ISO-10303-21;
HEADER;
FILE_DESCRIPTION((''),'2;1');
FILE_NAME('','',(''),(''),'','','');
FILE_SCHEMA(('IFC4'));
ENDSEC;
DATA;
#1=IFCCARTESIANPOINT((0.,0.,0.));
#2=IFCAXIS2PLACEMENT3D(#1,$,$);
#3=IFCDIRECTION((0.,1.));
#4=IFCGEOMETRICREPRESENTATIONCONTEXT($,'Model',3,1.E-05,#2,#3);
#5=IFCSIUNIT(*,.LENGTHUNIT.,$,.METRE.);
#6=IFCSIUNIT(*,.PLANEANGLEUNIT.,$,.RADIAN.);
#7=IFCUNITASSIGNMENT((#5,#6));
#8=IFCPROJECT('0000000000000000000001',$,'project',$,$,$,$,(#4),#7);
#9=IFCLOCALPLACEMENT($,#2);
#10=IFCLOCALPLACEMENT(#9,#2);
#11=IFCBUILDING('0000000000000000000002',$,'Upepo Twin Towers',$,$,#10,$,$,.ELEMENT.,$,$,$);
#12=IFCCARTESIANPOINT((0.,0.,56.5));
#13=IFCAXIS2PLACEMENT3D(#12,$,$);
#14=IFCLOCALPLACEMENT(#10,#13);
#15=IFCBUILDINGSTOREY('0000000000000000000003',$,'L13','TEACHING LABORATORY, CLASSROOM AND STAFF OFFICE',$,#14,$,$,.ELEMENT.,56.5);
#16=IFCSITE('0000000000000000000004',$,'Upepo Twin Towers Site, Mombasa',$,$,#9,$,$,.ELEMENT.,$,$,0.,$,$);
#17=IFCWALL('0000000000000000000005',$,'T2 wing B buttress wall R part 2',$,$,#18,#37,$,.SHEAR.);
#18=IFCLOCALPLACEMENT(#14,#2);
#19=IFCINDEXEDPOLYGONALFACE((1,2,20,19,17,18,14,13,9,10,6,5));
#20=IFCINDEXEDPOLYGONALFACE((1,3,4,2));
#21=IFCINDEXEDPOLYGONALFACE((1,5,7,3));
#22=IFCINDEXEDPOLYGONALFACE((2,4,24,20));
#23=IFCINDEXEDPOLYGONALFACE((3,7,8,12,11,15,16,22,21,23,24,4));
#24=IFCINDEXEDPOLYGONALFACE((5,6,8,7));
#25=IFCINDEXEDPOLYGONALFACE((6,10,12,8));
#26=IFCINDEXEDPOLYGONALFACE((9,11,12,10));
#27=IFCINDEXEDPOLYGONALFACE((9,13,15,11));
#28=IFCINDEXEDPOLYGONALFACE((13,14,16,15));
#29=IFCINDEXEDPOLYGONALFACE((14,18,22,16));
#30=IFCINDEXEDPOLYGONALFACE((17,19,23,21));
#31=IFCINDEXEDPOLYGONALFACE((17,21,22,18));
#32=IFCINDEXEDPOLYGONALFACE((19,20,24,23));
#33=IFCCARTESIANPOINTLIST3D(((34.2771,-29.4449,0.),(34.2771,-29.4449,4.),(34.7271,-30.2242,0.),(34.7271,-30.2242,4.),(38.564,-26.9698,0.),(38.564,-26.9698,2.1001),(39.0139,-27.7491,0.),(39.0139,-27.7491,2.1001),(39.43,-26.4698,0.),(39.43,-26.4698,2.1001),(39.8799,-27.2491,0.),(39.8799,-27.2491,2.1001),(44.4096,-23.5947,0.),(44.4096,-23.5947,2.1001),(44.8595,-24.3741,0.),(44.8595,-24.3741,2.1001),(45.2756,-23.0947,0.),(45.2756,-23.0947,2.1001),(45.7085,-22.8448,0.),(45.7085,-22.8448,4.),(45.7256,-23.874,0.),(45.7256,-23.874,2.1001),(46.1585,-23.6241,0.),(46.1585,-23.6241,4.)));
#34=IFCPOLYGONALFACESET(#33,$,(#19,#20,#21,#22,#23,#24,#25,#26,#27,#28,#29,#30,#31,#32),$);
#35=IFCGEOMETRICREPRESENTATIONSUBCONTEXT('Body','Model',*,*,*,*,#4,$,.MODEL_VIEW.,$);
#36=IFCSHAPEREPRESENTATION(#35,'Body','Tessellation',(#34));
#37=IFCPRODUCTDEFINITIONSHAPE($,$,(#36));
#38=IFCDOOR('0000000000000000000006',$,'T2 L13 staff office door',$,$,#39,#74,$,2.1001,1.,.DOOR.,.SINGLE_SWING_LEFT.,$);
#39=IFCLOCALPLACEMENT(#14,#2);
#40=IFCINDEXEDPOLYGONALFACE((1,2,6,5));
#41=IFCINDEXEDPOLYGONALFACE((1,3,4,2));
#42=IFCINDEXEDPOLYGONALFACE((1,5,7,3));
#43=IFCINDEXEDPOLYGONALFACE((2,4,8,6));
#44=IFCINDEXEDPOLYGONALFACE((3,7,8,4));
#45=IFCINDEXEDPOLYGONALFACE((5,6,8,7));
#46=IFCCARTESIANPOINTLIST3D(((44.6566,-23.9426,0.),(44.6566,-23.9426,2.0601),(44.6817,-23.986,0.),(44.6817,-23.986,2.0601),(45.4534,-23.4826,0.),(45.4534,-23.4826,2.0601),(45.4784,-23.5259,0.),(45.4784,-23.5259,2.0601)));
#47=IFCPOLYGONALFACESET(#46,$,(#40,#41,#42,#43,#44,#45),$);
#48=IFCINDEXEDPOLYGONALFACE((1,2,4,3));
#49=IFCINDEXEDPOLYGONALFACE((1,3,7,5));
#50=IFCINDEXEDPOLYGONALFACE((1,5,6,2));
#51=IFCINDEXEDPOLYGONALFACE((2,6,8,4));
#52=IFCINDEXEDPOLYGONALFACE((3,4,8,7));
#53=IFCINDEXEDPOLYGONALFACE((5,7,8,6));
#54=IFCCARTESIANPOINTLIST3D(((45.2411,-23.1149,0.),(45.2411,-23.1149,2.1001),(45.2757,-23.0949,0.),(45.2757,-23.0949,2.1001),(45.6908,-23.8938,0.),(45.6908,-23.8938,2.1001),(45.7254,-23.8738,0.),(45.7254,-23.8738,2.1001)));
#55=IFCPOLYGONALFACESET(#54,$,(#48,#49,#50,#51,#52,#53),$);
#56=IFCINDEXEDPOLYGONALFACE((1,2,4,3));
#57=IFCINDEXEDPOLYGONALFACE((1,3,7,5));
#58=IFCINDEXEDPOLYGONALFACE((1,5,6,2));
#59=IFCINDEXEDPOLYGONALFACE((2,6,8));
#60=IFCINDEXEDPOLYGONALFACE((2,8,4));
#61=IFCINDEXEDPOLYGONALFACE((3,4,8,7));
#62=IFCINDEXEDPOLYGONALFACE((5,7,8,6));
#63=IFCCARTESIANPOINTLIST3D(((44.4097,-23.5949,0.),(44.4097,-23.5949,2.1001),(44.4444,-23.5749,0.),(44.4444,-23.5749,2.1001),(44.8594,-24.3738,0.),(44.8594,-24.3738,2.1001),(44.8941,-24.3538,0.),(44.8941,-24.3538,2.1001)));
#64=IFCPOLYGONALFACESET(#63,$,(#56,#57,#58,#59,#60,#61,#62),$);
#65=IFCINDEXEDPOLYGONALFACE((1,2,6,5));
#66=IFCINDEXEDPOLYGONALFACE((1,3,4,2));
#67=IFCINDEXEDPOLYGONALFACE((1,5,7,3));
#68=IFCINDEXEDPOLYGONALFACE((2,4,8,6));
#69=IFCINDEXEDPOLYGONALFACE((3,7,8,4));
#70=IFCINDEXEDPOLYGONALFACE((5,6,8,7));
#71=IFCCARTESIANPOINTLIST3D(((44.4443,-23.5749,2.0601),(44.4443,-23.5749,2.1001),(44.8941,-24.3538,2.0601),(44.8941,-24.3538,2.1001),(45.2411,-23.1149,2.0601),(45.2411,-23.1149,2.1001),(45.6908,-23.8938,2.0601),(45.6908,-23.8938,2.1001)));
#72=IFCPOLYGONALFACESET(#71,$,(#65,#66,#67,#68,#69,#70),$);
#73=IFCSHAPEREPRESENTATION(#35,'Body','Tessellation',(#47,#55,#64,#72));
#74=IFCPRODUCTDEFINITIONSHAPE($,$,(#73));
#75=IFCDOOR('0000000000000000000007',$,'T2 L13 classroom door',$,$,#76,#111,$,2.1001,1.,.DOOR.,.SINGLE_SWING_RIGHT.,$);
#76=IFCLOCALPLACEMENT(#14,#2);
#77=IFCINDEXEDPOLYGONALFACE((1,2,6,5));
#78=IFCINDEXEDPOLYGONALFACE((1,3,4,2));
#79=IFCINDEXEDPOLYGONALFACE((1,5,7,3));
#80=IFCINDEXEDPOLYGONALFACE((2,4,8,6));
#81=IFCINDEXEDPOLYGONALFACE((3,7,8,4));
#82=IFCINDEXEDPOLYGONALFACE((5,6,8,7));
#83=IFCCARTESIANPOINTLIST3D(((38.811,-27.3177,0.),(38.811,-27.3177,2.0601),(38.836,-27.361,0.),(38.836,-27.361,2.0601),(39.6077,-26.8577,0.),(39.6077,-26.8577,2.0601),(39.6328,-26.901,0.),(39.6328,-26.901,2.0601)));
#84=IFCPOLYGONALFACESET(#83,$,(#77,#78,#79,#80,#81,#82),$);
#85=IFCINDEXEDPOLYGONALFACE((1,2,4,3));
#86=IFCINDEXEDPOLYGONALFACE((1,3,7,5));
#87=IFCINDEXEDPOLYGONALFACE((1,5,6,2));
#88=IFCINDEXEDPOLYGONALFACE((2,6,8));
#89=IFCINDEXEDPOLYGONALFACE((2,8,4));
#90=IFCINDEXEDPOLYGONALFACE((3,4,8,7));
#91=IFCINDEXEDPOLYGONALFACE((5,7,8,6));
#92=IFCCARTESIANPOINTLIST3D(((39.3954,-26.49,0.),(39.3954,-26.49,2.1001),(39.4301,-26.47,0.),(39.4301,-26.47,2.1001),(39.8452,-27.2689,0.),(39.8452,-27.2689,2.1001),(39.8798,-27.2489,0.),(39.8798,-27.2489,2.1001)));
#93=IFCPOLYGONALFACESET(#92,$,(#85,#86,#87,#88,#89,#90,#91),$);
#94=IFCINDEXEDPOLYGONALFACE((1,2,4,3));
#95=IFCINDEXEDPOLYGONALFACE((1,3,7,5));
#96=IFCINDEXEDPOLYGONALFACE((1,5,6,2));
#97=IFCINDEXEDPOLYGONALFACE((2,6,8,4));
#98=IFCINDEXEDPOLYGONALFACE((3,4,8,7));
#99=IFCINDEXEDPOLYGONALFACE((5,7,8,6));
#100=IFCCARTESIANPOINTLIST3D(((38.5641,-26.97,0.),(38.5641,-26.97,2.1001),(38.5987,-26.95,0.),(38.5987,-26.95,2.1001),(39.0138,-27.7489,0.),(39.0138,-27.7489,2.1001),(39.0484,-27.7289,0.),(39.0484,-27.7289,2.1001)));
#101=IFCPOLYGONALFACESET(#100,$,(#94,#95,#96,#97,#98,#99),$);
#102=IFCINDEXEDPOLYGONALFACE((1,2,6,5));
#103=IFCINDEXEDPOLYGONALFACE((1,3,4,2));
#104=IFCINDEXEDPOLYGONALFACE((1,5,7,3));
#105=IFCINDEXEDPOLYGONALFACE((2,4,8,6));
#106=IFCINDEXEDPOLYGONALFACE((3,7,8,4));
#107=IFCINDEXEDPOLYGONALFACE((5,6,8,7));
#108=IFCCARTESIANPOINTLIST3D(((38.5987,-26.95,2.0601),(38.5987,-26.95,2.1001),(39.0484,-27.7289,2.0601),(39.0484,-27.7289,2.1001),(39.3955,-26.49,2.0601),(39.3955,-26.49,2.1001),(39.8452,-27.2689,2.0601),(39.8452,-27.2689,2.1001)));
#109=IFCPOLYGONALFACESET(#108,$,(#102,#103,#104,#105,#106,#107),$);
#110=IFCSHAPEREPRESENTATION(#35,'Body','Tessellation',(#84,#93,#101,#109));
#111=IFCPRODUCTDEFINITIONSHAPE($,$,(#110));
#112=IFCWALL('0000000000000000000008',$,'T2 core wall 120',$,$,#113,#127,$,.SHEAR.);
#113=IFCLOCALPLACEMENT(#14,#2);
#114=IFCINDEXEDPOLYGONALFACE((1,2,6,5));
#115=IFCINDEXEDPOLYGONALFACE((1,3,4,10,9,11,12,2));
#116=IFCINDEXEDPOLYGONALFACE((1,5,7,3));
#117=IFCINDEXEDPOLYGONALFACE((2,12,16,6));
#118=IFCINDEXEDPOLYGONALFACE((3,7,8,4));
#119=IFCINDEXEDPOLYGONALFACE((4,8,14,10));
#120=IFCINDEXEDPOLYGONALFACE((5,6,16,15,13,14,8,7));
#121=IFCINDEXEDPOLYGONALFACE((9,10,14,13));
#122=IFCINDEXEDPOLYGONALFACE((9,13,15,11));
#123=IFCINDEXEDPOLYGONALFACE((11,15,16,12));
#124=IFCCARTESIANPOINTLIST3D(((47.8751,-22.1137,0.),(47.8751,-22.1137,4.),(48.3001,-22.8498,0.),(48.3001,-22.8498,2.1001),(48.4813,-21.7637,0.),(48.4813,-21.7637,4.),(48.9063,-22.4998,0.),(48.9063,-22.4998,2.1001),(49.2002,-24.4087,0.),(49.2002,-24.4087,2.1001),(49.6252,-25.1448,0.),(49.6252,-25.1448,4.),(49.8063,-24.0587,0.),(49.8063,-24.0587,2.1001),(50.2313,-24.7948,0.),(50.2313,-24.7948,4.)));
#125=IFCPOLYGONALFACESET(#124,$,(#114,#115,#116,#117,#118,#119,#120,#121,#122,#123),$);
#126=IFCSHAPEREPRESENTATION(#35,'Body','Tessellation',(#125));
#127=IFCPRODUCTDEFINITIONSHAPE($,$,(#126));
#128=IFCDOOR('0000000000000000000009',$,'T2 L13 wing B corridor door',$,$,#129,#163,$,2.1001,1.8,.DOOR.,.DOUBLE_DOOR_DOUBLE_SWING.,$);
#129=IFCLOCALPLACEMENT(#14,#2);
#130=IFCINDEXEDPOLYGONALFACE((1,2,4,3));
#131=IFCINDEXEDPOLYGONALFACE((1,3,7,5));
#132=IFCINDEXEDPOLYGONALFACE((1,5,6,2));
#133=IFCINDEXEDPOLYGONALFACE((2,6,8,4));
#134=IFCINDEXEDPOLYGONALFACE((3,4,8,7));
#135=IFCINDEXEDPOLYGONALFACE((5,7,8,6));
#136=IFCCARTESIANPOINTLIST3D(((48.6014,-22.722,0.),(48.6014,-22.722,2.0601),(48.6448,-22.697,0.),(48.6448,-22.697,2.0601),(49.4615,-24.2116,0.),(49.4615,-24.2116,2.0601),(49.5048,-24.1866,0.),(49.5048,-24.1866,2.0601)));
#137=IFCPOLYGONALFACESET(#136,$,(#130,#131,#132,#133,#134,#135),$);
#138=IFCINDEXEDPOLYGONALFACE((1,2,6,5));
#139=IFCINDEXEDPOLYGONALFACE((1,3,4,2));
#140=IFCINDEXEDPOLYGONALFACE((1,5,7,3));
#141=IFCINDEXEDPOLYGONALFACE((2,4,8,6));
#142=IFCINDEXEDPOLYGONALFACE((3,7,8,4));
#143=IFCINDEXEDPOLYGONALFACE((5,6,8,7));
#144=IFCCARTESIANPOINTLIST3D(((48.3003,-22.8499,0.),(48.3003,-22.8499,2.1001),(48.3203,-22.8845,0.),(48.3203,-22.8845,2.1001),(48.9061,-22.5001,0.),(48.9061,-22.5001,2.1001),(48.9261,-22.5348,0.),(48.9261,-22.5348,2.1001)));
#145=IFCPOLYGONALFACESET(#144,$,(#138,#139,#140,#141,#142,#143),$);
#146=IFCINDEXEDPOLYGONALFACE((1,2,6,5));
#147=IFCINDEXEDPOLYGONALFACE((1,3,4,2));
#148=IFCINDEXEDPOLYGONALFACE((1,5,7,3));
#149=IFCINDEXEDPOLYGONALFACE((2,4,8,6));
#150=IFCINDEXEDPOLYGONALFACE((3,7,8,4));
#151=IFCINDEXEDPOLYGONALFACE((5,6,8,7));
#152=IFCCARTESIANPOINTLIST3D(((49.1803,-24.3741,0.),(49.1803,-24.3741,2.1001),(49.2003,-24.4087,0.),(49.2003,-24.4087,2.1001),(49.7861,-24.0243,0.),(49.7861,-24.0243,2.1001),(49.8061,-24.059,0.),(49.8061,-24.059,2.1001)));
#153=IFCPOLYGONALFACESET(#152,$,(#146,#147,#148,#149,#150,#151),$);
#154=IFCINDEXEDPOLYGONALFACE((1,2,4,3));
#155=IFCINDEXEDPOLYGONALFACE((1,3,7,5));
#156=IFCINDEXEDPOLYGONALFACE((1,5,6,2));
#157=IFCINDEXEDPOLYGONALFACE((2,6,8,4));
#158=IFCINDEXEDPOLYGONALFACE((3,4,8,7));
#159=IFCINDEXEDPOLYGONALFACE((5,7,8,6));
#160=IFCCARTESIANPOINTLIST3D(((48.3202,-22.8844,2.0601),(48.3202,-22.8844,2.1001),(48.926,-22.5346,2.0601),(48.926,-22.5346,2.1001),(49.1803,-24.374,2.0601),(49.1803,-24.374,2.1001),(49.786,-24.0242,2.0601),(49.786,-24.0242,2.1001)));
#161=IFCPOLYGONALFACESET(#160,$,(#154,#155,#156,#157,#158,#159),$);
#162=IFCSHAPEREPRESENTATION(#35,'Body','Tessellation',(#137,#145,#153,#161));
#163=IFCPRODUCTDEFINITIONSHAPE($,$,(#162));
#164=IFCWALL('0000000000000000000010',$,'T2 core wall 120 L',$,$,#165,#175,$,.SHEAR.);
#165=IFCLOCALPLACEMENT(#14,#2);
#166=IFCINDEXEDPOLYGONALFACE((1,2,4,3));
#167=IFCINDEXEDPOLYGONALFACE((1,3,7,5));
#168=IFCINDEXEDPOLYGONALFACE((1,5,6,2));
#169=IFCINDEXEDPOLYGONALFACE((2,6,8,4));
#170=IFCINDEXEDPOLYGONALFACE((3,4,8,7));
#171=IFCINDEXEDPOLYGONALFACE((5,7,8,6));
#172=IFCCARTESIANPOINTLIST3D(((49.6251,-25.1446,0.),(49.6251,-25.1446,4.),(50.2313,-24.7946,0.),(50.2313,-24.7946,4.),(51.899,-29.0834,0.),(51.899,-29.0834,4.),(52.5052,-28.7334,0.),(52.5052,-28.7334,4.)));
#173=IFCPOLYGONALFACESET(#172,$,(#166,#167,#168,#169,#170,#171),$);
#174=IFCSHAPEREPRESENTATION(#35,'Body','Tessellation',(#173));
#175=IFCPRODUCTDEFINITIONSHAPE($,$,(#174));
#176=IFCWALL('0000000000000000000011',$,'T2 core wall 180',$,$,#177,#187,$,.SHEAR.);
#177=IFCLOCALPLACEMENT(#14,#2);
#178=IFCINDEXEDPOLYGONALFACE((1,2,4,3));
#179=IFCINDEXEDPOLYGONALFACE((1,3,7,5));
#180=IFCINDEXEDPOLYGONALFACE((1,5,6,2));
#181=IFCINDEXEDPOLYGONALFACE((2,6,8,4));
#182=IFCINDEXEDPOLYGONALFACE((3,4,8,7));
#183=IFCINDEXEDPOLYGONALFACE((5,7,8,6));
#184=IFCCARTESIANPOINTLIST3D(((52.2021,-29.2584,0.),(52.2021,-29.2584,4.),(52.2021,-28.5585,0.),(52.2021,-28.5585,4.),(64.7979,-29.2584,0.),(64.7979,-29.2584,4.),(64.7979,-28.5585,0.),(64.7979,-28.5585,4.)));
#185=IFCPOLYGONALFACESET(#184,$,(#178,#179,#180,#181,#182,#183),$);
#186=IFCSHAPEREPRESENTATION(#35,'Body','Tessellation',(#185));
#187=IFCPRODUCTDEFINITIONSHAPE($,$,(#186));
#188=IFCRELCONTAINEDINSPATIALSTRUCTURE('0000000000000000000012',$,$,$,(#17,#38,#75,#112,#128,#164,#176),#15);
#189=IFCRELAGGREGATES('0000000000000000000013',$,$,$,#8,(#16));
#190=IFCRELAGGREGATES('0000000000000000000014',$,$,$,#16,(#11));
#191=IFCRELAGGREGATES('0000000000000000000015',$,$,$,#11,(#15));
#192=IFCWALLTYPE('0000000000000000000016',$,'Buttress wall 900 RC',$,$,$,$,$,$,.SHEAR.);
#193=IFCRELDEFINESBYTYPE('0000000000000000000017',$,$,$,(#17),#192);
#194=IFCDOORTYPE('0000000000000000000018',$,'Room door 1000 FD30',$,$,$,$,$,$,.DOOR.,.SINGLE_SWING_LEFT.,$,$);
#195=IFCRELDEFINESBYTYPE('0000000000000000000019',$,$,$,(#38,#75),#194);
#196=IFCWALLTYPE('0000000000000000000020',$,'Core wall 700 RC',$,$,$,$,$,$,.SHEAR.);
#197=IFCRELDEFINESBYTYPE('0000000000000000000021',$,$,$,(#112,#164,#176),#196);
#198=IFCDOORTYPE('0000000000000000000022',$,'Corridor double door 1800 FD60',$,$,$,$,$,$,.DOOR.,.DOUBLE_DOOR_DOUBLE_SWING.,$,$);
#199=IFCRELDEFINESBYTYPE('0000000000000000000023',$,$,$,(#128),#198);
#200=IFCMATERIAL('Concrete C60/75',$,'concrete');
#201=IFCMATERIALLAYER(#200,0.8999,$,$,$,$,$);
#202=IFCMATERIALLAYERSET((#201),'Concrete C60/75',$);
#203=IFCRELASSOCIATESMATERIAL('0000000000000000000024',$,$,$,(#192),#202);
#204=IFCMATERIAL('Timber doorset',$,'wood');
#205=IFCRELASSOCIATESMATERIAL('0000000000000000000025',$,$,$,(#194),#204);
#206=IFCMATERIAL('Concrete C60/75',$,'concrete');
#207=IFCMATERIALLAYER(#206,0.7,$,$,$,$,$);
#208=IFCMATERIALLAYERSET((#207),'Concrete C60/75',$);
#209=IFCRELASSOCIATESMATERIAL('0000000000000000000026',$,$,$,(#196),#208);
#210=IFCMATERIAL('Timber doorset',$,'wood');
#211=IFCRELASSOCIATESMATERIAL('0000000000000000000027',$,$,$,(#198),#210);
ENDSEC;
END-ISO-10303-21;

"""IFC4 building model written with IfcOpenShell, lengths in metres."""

from ifc_helpers import new_model, si_unit, direction, frame, frame_2d, origin, place, context, subcontext, project, spatial, rectangle, extrude, material, layer, layer_set, type_object, element, fill, save


model = new_model("IFC4")

# Units and contexts
model_context = context("Model", 3, precision=1e-05, world=origin(), true_north=direction((0.0, 1.0)))
body_context = subcontext(model_context, "Body", "Model", "MODEL_VIEW")
ifc_project = project(units=[si_unit("LENGTHUNIT", "METRE"), si_unit("PLANEANGLEUNIT", "RADIAN")], contexts=[model_context])

# Site, building, storey
site_placement = place(None, origin())
site = spatial("IfcSite", under=ifc_project, at=site_placement, Name="Upepo Twin Towers Site, Mombasa", CompositionType="ELEMENT", RefElevation=0.0)
building_placement = place(site_placement, origin())
building = spatial("IfcBuilding", under=site, at=building_placement, Name="Upepo Twin Towers", CompositionType="ELEMENT")
storey_placement = place(building_placement, frame((0.0, 0.0, 56.5)))
storey = spatial("IfcBuildingStorey", under=building, at=storey_placement, Name="L13", Description="TEACHING LABORATORY, CLASSROOM AND STAFF OFFICE", CompositionType="ELEMENT", Elevation=56.5)

# Wall, openings, doors
ifc_material_1 = material(Name="Concrete C60/75", Category="concrete")
ifc_layer_1 = layer(ifc_material_1, 0.8999)
ifc_layer_set_1 = layer_set([ifc_layer_1], Name="Concrete C60/75")
wall_type_1 = type_object("IfcWallType", Name="Buttress wall 900 RC", PredefinedType="SHEAR", material=ifc_layer_set_1)
ifc_material_2 = material(Name="Timber doorset", Category="wood")
door_type_1 = type_object("IfcDoorType", Name="Room door 1000 FD30", OperationType="SINGLE_SWING_LEFT", PredefinedType="DOOR", material=ifc_material_2)
wall_1_placement = place(storey_placement, frame((45.9336, -23.2344, 0.0), z_axis=(0.0, 0.0, 1.0), x_axis=(-0.86602, -0.50001, 0.0)))
wall_1 = element("IfcWall", 1, at=wall_1_placement, inside=storey, type_object=wall_type_1, Name="T2 wing B buttress wall R part 2", PredefinedType="SHEAR", context=body_context, shape_type="SweptSolid", body=[
    extrude(rectangle(XDim=13.2, YDim=0.8999, at=frame_2d((6.6001, 0.0))), origin(), (0.0, 0.0, 1.0), 4.0),
])
opening_1_placement = place(wall_1_placement, frame((0.5, 0.0, 0.0)))
opening_1 = element("IfcOpeningElement", 2, at=opening_1_placement, cuts=wall_1, PredefinedType="OPENING", context=body_context, shape_type="SweptSolid", body=[
    extrude(rectangle(XDim=1.0, YDim=2.1001, at=frame_2d((0.5, 1.05))), frame((0.0, 0.46, 0.0), z_axis=(0.0, -1.0, 0.0), x_axis=(1.0, 0.0, 0.0)), (0.0, 0.0, 1.0), 0.9199),
])
opening_2_placement = place(wall_1_placement, frame((7.25, 0.0, 0.0)))
opening_2 = element("IfcOpeningElement", 3, at=opening_2_placement, cuts=wall_1, PredefinedType="OPENING", context=body_context, shape_type="SweptSolid", body=[
    extrude(rectangle(XDim=1.0, YDim=2.1001, at=frame_2d((0.5, 1.05))), frame((0.0, 0.46, 0.0), z_axis=(0.0, -1.0, 0.0), x_axis=(1.0, 0.0, 0.0)), (0.0, 0.0, 1.0), 0.9199),
])
door_1_placement = place(opening_1_placement, origin())
door_1 = element("IfcDoor", 4, at=door_1_placement, inside=storey, type_object=door_type_1, Name="T2 L13 staff office door", OperationType="SINGLE_SWING_LEFT", OverallHeight=2.1001, OverallWidth=1.0, PredefinedType="DOOR", context=body_context, shape_type="SweptSolid", body=[
    extrude(rectangle(XDim=0.92, YDim=2.0601, at=frame_2d((0.5, 1.03))), frame((0.0, 0.0249, 0.0), z_axis=(0.0, -1.0, 0.0), x_axis=(1.0, 0.0, 0.0)), (0.0, 0.0, 1.0), 0.05),
    extrude(rectangle(XDim=0.04, YDim=2.1001, at=frame_2d((0.02, 1.05))), frame((0.0, 0.4497, 0.0), z_axis=(0.0, -1.0, 0.0), x_axis=(1.0, 0.0, 0.0)), (0.0, 0.0, 1.0), 0.8994),
    extrude(rectangle(XDim=0.04, YDim=2.1001, at=frame_2d((0.98, 1.05))), frame((0.0, 0.4497, 0.0), z_axis=(0.0, -1.0, 0.0), x_axis=(1.0, 0.0, 0.0)), (0.0, 0.0, 1.0), 0.8994),
    extrude(rectangle(XDim=0.92, YDim=0.04, at=frame_2d((0.5, 2.0801))), frame((0.0, 0.4497, 0.0), z_axis=(0.0, -1.0, 0.0), x_axis=(1.0, 0.0, 0.0)), (0.0, 0.0, 1.0), 0.8994),
])
fill(opening_1, door_1)
door_2_placement = place(opening_2_placement, origin())
door_2 = element("IfcDoor", 5, at=door_2_placement, inside=storey, type_object=door_type_1, Name="T2 L13 classroom door", OperationType="SINGLE_SWING_RIGHT", OverallHeight=2.1001, OverallWidth=1.0, PredefinedType="DOOR", context=body_context, shape_type="SweptSolid", body=[
    extrude(rectangle(XDim=0.92, YDim=2.0601, at=frame_2d((0.5, 1.03))), frame((0.0, 0.0249, 0.0), z_axis=(0.0, -1.0, 0.0), x_axis=(1.0, 0.0, 0.0)), (0.0, 0.0, 1.0), 0.05),
    extrude(rectangle(XDim=0.04, YDim=2.1001, at=frame_2d((0.02, 1.05))), frame((0.0, 0.4497, 0.0), z_axis=(0.0, -1.0, 0.0), x_axis=(1.0, 0.0, 0.0)), (0.0, 0.0, 1.0), 0.8994),
    extrude(rectangle(XDim=0.04, YDim=2.1001, at=frame_2d((0.98, 1.05))), frame((0.0, 0.4497, 0.0), z_axis=(0.0, -1.0, 0.0), x_axis=(1.0, 0.0, 0.0)), (0.0, 0.0, 1.0), 0.8994),
    extrude(rectangle(XDim=0.92, YDim=0.04, at=frame_2d((0.5, 2.0801))), frame((0.0, 0.4497, 0.0), z_axis=(0.0, -1.0, 0.0), x_axis=(1.0, 0.0, 0.0)), (0.0, 0.0, 1.0), 0.8994),
])
fill(opening_2, door_2)

# Wall, opening, door
ifc_material_3 = material(Name="Concrete C60/75", Category="concrete")
ifc_layer_2 = layer(ifc_material_3, 0.7)
ifc_layer_set_2 = layer_set([ifc_layer_2], Name="Concrete C60/75")
wall_type_2 = type_object("IfcWallType", Name="Core wall 700 RC", PredefinedType="SHEAR", material=ifc_layer_set_2)
wall_2_placement = place(storey_placement, frame((48.1782, -21.9387, 0.0), z_axis=(0.0, 0.0, 1.0), x_axis=(0.50001, -0.866019, 0.0)))
wall_2 = element("IfcWall", 6, at=wall_2_placement, inside=storey, type_object=wall_type_2, Name="T2 core wall 120", PredefinedType="SHEAR", context=body_context, shape_type="SweptSolid", body=[
    extrude(rectangle(XDim=3.5, YDim=0.7, at=frame_2d((1.75, 0.0))), origin(), (0.0, 0.0, 1.0), 4.0),
])
opening_3_placement = place(wall_2_placement, frame((0.8501, 0.0, 0.0)))
opening_3 = element("IfcOpeningElement", 7, at=opening_3_placement, cuts=wall_2, PredefinedType="OPENING", context=body_context, shape_type="SweptSolid", body=[
    extrude(rectangle(XDim=1.8, YDim=2.1001, at=frame_2d((0.8999, 1.05))), frame((0.0, 0.3599, 0.0), z_axis=(0.0, -1.0, 0.0), x_axis=(1.0, 0.0, 0.0)), (0.0, 0.0, 1.0), 0.72),
])
ifc_material_4 = material(Name="Timber doorset", Category="wood")
door_type_2 = type_object("IfcDoorType", Name="Corridor double door 1800 FD60", OperationType="DOUBLE_DOOR_DOUBLE_SWING", PredefinedType="DOOR", material=ifc_material_4)
door_3_placement = place(opening_3_placement, origin())
door_3 = element("IfcDoor", 8, at=door_3_placement, inside=storey, type_object=door_type_2, Name="T2 L13 wing B corridor door", OperationType="DOUBLE_DOOR_DOUBLE_SWING", OverallHeight=2.1001, OverallWidth=1.8, PredefinedType="DOOR", context=body_context, shape_type="SweptSolid", body=[
    extrude(rectangle(XDim=1.72, YDim=2.0601, at=frame_2d((0.8999, 1.03))), frame((0.0, 0.0249, 0.0), z_axis=(0.0, -1.0, 0.0), x_axis=(1.0, 0.0, 0.0)), (0.0, 0.0, 1.0), 0.05),
    extrude(rectangle(XDim=0.04, YDim=2.1001, at=frame_2d((0.02, 1.05))), frame((0.0, 0.3496, 0.0), z_axis=(0.0, -1.0, 0.0), x_axis=(1.0, 0.0, 0.0)), (0.0, 0.0, 1.0), 0.6995),
    extrude(rectangle(XDim=0.04, YDim=2.1001, at=frame_2d((1.78, 1.05))), frame((0.0, 0.3496, 0.0), z_axis=(0.0, -1.0, 0.0), x_axis=(1.0, 0.0, 0.0)), (0.0, 0.0, 1.0), 0.6995),
    extrude(rectangle(XDim=1.72, YDim=0.04, at=frame_2d((0.8999, 2.0801))), frame((0.0, 0.3496, 0.0), z_axis=(0.0, -1.0, 0.0), x_axis=(1.0, 0.0, 0.0)), (0.0, 0.0, 1.0), 0.6995),
])
fill(opening_3, door_3)

# Walls
wall_3_placement = place(storey_placement, frame((49.9282, -24.9697, 0.0), z_axis=(0.0, 0.0, 1.0), x_axis=(0.499984, -0.866035, 0.0)))
element("IfcWall", 9, at=wall_3_placement, inside=storey, type_object=wall_type_2, Name="T2 core wall 120 L", PredefinedType="SHEAR", context=body_context, shape_type="SweptSolid", body=[
    extrude(rectangle(XDim=4.5481, YDim=0.7, at=frame_2d((2.2739, 0.0))), origin(), (0.0, 0.0, 1.0), 4.0),
])
wall_4_placement = place(storey_placement, frame((52.2021, -28.9084, 0.0), z_axis=(0.0, 0.0, 1.0), x_axis=(1.0, 0.0, 0.0)))
element("IfcWall", 10, at=wall_4_placement, inside=storey, type_object=wall_type_2, Name="T2 core wall 180", PredefinedType="SHEAR", context=body_context, shape_type="SweptSolid", body=[
    extrude(rectangle(XDim=12.5957, YDim=0.7, at=frame_2d((6.2979, 0.0))), origin(), (0.0, 0.0, 1.0), 4.0),
])

save(model, "model.ifc")
